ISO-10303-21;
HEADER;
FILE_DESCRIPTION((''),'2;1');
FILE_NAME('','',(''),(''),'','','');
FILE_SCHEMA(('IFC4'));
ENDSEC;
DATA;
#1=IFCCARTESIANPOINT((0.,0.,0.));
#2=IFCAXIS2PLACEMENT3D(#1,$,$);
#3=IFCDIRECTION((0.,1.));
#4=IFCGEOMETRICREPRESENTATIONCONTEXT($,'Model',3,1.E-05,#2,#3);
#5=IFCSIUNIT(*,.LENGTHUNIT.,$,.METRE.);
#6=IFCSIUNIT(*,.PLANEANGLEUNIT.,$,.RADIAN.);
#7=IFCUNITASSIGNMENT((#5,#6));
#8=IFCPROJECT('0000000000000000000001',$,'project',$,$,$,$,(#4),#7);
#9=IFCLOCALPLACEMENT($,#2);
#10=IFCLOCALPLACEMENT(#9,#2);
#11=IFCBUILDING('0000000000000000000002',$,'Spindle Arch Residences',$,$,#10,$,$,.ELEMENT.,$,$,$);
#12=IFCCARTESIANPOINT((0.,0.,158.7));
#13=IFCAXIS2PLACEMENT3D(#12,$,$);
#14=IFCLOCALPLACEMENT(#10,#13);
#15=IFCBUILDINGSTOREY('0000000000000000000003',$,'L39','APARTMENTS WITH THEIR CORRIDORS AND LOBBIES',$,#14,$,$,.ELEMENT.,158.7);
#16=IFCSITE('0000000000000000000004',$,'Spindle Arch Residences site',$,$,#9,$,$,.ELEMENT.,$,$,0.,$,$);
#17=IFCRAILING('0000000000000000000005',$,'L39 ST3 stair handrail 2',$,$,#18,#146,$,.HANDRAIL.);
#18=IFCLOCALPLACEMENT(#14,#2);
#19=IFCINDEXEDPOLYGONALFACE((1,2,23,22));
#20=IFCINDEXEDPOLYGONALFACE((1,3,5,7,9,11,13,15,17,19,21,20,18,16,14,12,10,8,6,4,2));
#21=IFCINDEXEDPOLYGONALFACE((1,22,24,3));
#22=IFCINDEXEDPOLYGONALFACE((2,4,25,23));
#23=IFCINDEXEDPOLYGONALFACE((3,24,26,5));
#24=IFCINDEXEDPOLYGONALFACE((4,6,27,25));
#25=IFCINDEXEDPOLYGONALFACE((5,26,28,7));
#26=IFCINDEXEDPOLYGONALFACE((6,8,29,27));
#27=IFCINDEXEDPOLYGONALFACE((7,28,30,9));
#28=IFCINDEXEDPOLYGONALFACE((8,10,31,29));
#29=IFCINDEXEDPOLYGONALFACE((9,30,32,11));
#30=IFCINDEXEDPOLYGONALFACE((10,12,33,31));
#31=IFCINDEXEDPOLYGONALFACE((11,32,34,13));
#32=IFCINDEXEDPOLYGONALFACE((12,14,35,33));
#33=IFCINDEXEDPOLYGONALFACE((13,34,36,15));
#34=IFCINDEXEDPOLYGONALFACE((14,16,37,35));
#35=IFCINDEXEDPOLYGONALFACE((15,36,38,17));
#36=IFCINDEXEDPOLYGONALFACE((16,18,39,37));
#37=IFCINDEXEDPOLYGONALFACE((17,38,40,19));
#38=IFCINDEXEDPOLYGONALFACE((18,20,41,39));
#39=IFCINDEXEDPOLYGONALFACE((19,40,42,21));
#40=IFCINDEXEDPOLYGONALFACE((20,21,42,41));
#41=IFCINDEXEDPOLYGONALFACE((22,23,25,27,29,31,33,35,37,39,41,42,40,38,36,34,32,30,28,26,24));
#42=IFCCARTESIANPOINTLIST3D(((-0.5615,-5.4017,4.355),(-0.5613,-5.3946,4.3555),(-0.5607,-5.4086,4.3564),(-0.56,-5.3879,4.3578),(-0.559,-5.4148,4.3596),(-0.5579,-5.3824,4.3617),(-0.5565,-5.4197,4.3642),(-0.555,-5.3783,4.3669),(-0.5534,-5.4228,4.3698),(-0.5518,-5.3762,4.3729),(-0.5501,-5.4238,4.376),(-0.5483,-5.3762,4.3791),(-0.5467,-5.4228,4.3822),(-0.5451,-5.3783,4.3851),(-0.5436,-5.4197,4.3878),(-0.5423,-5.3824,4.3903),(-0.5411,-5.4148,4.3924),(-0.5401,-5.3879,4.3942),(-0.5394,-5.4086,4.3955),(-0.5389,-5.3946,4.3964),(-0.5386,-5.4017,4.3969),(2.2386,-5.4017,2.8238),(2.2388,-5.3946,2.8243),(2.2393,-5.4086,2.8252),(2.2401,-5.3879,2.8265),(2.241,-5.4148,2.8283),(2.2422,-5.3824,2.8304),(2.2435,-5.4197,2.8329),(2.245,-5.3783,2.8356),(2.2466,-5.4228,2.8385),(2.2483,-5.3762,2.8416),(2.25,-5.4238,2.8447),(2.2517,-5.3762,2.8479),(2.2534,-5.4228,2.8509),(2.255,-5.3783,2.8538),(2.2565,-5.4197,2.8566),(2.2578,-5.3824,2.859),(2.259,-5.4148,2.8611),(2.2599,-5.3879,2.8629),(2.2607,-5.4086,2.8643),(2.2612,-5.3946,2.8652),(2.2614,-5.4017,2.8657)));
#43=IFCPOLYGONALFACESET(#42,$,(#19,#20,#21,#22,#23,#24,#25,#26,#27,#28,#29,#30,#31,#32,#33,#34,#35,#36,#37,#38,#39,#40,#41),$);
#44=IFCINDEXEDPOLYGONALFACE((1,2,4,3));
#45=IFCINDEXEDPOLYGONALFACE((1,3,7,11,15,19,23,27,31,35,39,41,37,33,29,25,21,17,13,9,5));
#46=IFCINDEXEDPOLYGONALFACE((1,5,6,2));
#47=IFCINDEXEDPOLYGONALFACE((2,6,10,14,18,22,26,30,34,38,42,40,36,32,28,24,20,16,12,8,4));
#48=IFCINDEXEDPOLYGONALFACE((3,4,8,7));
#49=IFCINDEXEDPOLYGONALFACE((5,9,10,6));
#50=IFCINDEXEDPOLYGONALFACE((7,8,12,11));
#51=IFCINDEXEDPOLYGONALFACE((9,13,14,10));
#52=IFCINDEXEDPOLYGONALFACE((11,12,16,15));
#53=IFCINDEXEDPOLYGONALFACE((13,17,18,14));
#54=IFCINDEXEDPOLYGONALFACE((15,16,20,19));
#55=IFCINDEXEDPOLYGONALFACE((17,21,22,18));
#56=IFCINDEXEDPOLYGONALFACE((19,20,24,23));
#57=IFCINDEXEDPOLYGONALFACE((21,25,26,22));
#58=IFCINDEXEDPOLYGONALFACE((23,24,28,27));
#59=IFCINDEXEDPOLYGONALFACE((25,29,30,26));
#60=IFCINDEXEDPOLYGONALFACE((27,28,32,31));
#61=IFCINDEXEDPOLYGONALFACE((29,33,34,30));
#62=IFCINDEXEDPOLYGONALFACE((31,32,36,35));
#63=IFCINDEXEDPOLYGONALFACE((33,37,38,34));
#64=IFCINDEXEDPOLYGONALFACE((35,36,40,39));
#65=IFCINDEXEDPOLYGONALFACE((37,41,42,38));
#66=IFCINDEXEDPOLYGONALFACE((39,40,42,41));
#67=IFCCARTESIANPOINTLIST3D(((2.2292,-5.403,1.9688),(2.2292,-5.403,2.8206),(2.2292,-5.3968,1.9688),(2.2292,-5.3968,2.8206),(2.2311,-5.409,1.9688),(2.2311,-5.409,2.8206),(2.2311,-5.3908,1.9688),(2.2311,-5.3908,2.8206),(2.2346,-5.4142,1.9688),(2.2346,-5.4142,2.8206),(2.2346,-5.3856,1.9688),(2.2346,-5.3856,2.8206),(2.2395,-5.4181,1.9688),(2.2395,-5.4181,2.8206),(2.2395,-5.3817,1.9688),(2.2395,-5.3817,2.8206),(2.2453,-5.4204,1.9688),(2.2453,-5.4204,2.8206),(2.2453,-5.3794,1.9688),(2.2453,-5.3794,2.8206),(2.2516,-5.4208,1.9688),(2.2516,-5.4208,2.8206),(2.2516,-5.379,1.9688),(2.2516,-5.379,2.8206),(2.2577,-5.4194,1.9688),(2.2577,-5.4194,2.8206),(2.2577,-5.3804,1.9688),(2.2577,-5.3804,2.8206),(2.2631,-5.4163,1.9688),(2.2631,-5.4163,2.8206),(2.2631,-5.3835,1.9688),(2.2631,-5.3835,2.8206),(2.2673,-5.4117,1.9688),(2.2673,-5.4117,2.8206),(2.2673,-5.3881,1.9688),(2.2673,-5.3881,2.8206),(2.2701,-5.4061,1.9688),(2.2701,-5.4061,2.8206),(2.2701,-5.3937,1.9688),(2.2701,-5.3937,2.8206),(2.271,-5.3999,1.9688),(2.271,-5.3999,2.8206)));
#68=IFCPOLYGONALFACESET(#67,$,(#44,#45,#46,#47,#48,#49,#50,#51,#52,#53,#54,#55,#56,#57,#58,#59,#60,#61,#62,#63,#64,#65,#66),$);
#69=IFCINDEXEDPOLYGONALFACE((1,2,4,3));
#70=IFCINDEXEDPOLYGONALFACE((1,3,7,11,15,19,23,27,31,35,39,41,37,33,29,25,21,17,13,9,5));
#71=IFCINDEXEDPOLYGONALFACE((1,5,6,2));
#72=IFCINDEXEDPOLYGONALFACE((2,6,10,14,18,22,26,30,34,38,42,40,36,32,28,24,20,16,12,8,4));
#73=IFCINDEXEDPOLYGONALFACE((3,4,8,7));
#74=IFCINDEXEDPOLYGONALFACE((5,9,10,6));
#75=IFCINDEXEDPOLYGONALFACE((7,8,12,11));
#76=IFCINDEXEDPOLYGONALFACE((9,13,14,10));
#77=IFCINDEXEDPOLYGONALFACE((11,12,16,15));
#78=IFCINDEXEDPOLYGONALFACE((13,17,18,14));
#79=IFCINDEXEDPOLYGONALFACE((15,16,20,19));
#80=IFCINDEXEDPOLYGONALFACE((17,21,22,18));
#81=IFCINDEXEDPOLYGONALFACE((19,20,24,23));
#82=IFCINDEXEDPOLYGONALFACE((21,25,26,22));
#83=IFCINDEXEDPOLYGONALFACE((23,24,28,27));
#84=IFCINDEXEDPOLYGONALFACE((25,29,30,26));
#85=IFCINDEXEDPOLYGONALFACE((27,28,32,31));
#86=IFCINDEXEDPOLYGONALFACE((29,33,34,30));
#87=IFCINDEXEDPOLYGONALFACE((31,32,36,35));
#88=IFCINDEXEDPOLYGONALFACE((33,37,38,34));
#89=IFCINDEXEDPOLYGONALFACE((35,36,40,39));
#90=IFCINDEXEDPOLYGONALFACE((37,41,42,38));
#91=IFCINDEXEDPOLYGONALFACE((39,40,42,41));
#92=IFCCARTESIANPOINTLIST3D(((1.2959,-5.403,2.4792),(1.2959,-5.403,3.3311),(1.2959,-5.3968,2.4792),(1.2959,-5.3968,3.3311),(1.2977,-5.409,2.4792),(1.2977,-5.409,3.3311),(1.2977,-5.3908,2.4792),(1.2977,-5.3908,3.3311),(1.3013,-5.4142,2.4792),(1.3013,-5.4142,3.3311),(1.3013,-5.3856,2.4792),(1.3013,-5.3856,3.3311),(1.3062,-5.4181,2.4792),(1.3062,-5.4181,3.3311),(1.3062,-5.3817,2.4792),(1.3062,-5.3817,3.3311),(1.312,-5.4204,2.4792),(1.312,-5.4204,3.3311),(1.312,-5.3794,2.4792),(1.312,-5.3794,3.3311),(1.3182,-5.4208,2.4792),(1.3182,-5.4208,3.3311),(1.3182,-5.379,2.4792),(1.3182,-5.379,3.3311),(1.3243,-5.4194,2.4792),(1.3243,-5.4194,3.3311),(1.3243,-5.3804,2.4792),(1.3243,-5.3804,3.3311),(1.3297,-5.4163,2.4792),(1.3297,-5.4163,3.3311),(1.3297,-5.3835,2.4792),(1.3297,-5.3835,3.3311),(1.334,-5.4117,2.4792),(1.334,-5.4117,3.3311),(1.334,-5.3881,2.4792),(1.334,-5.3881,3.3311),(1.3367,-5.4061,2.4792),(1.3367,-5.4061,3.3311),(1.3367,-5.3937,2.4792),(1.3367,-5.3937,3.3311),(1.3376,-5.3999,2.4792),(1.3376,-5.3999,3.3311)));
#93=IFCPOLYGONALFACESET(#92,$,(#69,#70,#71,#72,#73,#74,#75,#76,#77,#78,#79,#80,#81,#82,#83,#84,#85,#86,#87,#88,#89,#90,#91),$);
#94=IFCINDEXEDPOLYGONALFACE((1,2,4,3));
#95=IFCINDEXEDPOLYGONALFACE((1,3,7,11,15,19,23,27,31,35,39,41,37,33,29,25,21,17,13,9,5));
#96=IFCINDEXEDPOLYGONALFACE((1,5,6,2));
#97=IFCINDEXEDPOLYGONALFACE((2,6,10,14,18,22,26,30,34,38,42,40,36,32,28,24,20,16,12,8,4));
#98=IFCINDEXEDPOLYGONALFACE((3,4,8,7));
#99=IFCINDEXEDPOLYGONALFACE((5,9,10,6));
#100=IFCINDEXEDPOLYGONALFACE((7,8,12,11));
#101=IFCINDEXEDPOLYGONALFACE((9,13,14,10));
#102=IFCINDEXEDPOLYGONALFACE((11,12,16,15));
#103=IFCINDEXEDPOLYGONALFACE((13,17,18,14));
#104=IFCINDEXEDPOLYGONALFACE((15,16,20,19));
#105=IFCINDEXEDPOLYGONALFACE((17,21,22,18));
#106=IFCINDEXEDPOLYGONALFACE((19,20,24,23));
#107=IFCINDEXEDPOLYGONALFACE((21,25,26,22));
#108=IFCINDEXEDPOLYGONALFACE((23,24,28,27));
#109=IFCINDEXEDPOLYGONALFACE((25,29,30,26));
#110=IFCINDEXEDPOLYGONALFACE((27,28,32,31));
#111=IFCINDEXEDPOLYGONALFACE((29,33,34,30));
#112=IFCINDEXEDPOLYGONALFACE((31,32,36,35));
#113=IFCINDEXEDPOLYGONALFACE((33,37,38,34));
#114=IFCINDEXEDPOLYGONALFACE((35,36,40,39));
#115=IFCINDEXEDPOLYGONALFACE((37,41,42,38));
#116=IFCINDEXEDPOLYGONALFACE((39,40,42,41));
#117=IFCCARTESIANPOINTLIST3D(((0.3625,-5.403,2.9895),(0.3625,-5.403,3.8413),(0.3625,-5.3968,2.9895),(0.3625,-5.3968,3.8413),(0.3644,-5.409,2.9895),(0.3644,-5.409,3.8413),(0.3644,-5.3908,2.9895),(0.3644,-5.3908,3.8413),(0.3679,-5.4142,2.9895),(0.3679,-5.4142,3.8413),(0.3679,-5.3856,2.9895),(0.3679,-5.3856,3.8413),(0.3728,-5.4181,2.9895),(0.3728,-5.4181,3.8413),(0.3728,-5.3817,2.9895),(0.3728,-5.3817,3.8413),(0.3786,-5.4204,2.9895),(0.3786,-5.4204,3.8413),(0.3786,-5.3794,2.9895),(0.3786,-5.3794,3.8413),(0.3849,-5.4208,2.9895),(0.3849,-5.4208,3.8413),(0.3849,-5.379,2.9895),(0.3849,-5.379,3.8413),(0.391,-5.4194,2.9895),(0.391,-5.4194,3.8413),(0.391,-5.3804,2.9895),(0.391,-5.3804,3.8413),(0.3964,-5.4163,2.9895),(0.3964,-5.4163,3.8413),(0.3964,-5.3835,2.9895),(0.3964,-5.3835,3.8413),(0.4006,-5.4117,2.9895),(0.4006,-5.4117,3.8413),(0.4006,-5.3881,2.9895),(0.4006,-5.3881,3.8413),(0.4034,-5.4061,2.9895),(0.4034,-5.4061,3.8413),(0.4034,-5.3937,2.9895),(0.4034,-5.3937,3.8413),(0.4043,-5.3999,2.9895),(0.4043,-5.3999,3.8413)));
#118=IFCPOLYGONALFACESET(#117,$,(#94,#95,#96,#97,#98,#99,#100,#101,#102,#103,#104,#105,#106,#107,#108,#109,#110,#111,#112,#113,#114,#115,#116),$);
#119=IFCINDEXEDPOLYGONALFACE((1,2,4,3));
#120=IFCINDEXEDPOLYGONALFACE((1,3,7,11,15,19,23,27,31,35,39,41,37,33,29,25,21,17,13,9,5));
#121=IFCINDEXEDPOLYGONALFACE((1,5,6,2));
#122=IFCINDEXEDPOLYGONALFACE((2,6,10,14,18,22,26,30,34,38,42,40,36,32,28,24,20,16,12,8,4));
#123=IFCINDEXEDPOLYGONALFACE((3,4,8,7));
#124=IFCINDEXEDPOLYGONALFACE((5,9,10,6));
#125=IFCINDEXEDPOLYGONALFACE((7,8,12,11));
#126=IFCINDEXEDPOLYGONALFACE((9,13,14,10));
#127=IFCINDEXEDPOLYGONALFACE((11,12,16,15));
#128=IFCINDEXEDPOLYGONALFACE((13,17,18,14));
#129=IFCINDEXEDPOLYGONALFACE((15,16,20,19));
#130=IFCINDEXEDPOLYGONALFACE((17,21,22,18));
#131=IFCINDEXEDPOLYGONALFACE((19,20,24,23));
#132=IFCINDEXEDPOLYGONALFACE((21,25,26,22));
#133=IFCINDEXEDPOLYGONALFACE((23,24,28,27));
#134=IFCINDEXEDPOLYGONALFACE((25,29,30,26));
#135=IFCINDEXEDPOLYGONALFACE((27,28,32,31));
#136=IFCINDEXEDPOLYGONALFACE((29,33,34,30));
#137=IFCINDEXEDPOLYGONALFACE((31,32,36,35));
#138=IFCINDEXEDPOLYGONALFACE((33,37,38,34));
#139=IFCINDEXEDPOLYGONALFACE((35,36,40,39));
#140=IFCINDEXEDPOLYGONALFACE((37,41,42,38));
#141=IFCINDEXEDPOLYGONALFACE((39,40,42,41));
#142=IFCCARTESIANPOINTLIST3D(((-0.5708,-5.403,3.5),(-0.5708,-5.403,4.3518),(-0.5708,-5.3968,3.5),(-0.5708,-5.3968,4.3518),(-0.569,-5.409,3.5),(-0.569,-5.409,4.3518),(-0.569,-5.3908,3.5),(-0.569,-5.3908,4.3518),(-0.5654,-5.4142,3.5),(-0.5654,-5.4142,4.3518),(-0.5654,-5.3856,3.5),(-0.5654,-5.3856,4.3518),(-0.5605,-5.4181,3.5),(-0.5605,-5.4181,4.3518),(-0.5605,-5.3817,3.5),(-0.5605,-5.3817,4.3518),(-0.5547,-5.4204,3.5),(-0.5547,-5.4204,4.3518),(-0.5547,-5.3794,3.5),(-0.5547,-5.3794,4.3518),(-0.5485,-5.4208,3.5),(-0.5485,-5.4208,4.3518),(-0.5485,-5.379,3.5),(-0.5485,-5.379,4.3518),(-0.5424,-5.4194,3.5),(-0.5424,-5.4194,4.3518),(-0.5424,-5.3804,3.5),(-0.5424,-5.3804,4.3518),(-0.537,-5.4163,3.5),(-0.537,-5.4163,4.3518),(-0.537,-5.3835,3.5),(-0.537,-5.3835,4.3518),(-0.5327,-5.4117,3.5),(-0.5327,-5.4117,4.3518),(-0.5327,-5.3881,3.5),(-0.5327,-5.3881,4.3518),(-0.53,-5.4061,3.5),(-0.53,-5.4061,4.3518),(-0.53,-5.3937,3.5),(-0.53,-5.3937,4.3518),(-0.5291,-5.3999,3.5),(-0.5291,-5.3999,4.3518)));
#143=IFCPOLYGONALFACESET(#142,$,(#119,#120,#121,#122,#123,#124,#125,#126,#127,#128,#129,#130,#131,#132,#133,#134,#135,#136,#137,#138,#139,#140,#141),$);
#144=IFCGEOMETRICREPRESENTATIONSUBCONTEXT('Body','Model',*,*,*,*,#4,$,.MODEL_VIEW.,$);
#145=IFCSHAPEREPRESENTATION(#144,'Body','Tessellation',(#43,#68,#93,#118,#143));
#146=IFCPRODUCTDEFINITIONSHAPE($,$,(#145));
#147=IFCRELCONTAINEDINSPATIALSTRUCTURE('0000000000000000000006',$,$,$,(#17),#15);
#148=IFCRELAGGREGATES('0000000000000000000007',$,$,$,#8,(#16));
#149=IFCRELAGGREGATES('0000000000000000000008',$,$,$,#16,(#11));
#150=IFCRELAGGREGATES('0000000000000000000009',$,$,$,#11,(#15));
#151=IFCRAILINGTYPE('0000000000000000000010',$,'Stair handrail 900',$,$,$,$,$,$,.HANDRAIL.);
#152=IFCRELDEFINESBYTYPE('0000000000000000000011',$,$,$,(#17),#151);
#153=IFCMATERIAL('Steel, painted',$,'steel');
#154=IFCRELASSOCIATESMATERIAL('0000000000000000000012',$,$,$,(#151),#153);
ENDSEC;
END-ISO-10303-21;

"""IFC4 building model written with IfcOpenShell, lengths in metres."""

from ifc_helpers import new_model, si_unit, direction, frame, origin, origin_2d, place, context, subcontext, project, spatial, circle, extrude, material, type_object, element, save


model = new_model("IFC4")

# Units and contexts
model_context = context("Model", 3, precision=1e-05, world=origin(), true_north=direction((0.0, 1.0)))
body_context = subcontext(model_context, "Body", "Model", "MODEL_VIEW")
ifc_project = project(units=[si_unit("LENGTHUNIT", "METRE"), si_unit("PLANEANGLEUNIT", "RADIAN")], contexts=[model_context])

# Site, building, storey
site_placement = place(None, origin())
site = spatial("IfcSite", under=ifc_project, at=site_placement, Name="Spindle Arch Residences site", CompositionType="ELEMENT", RefElevation=0.0)
building_placement = place(site_placement, origin())
building = spatial("IfcBuilding", under=site, at=building_placement, Name="Spindle Arch Residences", CompositionType="ELEMENT")
storey_placement = place(building_placement, frame((0.0, 0.0, 158.7)))
storey = spatial("IfcBuildingStorey", under=building, at=storey_placement, Name="L39", Description="APARTMENTS WITH THEIR CORRIDORS AND LOBBIES", CompositionType="ELEMENT", Elevation=158.7)

# Railing
ifc_material_1 = material(Name="Steel, painted", Category="steel")
railing_type_1 = type_object("IfcRailingType", Name="Stair handrail 900", PredefinedType="HANDRAIL", material=ifc_material_1)
railing_1_placement = place(storey_placement, frame((2.25, -5.3999, 1.9688)))
element("IfcRailing", 1, at=railing_1_placement, inside=storey, type_object=railing_type_1, Name="L39 ST3 stair handrail 2", PredefinedType="HANDRAIL", context=body_context, shape_type="SweptSolid", body=[
    extrude(circle(Radius=0.0239, at=origin_2d()), frame((0.0, 0.0, 0.876), z_axis=(-0.877375, 0.0, 0.479806), x_axis=(0.0, -1.0, 0.0)), (0.0, 0.0, 1.0), 3.1914),
    extrude(circle(Radius=0.021, at=origin_2d()), origin(), (0.0, 0.0, 1.0), 0.8518),
    extrude(circle(Radius=0.021, at=origin_2d()), frame((-0.9333, 0.0, 0.5105)), (0.0, 0.0, 1.0), 0.8518),
    extrude(circle(Radius=0.021, at=origin_2d()), frame((-1.8667, 0.0, 1.0208)), (0.0, 0.0, 1.0), 0.8518),
    extrude(circle(Radius=0.021, at=origin_2d()), frame((-2.8, 0.0, 1.5312)), (0.0, 0.0, 1.0), 0.8518),
])

save(model, "model.ifc")
